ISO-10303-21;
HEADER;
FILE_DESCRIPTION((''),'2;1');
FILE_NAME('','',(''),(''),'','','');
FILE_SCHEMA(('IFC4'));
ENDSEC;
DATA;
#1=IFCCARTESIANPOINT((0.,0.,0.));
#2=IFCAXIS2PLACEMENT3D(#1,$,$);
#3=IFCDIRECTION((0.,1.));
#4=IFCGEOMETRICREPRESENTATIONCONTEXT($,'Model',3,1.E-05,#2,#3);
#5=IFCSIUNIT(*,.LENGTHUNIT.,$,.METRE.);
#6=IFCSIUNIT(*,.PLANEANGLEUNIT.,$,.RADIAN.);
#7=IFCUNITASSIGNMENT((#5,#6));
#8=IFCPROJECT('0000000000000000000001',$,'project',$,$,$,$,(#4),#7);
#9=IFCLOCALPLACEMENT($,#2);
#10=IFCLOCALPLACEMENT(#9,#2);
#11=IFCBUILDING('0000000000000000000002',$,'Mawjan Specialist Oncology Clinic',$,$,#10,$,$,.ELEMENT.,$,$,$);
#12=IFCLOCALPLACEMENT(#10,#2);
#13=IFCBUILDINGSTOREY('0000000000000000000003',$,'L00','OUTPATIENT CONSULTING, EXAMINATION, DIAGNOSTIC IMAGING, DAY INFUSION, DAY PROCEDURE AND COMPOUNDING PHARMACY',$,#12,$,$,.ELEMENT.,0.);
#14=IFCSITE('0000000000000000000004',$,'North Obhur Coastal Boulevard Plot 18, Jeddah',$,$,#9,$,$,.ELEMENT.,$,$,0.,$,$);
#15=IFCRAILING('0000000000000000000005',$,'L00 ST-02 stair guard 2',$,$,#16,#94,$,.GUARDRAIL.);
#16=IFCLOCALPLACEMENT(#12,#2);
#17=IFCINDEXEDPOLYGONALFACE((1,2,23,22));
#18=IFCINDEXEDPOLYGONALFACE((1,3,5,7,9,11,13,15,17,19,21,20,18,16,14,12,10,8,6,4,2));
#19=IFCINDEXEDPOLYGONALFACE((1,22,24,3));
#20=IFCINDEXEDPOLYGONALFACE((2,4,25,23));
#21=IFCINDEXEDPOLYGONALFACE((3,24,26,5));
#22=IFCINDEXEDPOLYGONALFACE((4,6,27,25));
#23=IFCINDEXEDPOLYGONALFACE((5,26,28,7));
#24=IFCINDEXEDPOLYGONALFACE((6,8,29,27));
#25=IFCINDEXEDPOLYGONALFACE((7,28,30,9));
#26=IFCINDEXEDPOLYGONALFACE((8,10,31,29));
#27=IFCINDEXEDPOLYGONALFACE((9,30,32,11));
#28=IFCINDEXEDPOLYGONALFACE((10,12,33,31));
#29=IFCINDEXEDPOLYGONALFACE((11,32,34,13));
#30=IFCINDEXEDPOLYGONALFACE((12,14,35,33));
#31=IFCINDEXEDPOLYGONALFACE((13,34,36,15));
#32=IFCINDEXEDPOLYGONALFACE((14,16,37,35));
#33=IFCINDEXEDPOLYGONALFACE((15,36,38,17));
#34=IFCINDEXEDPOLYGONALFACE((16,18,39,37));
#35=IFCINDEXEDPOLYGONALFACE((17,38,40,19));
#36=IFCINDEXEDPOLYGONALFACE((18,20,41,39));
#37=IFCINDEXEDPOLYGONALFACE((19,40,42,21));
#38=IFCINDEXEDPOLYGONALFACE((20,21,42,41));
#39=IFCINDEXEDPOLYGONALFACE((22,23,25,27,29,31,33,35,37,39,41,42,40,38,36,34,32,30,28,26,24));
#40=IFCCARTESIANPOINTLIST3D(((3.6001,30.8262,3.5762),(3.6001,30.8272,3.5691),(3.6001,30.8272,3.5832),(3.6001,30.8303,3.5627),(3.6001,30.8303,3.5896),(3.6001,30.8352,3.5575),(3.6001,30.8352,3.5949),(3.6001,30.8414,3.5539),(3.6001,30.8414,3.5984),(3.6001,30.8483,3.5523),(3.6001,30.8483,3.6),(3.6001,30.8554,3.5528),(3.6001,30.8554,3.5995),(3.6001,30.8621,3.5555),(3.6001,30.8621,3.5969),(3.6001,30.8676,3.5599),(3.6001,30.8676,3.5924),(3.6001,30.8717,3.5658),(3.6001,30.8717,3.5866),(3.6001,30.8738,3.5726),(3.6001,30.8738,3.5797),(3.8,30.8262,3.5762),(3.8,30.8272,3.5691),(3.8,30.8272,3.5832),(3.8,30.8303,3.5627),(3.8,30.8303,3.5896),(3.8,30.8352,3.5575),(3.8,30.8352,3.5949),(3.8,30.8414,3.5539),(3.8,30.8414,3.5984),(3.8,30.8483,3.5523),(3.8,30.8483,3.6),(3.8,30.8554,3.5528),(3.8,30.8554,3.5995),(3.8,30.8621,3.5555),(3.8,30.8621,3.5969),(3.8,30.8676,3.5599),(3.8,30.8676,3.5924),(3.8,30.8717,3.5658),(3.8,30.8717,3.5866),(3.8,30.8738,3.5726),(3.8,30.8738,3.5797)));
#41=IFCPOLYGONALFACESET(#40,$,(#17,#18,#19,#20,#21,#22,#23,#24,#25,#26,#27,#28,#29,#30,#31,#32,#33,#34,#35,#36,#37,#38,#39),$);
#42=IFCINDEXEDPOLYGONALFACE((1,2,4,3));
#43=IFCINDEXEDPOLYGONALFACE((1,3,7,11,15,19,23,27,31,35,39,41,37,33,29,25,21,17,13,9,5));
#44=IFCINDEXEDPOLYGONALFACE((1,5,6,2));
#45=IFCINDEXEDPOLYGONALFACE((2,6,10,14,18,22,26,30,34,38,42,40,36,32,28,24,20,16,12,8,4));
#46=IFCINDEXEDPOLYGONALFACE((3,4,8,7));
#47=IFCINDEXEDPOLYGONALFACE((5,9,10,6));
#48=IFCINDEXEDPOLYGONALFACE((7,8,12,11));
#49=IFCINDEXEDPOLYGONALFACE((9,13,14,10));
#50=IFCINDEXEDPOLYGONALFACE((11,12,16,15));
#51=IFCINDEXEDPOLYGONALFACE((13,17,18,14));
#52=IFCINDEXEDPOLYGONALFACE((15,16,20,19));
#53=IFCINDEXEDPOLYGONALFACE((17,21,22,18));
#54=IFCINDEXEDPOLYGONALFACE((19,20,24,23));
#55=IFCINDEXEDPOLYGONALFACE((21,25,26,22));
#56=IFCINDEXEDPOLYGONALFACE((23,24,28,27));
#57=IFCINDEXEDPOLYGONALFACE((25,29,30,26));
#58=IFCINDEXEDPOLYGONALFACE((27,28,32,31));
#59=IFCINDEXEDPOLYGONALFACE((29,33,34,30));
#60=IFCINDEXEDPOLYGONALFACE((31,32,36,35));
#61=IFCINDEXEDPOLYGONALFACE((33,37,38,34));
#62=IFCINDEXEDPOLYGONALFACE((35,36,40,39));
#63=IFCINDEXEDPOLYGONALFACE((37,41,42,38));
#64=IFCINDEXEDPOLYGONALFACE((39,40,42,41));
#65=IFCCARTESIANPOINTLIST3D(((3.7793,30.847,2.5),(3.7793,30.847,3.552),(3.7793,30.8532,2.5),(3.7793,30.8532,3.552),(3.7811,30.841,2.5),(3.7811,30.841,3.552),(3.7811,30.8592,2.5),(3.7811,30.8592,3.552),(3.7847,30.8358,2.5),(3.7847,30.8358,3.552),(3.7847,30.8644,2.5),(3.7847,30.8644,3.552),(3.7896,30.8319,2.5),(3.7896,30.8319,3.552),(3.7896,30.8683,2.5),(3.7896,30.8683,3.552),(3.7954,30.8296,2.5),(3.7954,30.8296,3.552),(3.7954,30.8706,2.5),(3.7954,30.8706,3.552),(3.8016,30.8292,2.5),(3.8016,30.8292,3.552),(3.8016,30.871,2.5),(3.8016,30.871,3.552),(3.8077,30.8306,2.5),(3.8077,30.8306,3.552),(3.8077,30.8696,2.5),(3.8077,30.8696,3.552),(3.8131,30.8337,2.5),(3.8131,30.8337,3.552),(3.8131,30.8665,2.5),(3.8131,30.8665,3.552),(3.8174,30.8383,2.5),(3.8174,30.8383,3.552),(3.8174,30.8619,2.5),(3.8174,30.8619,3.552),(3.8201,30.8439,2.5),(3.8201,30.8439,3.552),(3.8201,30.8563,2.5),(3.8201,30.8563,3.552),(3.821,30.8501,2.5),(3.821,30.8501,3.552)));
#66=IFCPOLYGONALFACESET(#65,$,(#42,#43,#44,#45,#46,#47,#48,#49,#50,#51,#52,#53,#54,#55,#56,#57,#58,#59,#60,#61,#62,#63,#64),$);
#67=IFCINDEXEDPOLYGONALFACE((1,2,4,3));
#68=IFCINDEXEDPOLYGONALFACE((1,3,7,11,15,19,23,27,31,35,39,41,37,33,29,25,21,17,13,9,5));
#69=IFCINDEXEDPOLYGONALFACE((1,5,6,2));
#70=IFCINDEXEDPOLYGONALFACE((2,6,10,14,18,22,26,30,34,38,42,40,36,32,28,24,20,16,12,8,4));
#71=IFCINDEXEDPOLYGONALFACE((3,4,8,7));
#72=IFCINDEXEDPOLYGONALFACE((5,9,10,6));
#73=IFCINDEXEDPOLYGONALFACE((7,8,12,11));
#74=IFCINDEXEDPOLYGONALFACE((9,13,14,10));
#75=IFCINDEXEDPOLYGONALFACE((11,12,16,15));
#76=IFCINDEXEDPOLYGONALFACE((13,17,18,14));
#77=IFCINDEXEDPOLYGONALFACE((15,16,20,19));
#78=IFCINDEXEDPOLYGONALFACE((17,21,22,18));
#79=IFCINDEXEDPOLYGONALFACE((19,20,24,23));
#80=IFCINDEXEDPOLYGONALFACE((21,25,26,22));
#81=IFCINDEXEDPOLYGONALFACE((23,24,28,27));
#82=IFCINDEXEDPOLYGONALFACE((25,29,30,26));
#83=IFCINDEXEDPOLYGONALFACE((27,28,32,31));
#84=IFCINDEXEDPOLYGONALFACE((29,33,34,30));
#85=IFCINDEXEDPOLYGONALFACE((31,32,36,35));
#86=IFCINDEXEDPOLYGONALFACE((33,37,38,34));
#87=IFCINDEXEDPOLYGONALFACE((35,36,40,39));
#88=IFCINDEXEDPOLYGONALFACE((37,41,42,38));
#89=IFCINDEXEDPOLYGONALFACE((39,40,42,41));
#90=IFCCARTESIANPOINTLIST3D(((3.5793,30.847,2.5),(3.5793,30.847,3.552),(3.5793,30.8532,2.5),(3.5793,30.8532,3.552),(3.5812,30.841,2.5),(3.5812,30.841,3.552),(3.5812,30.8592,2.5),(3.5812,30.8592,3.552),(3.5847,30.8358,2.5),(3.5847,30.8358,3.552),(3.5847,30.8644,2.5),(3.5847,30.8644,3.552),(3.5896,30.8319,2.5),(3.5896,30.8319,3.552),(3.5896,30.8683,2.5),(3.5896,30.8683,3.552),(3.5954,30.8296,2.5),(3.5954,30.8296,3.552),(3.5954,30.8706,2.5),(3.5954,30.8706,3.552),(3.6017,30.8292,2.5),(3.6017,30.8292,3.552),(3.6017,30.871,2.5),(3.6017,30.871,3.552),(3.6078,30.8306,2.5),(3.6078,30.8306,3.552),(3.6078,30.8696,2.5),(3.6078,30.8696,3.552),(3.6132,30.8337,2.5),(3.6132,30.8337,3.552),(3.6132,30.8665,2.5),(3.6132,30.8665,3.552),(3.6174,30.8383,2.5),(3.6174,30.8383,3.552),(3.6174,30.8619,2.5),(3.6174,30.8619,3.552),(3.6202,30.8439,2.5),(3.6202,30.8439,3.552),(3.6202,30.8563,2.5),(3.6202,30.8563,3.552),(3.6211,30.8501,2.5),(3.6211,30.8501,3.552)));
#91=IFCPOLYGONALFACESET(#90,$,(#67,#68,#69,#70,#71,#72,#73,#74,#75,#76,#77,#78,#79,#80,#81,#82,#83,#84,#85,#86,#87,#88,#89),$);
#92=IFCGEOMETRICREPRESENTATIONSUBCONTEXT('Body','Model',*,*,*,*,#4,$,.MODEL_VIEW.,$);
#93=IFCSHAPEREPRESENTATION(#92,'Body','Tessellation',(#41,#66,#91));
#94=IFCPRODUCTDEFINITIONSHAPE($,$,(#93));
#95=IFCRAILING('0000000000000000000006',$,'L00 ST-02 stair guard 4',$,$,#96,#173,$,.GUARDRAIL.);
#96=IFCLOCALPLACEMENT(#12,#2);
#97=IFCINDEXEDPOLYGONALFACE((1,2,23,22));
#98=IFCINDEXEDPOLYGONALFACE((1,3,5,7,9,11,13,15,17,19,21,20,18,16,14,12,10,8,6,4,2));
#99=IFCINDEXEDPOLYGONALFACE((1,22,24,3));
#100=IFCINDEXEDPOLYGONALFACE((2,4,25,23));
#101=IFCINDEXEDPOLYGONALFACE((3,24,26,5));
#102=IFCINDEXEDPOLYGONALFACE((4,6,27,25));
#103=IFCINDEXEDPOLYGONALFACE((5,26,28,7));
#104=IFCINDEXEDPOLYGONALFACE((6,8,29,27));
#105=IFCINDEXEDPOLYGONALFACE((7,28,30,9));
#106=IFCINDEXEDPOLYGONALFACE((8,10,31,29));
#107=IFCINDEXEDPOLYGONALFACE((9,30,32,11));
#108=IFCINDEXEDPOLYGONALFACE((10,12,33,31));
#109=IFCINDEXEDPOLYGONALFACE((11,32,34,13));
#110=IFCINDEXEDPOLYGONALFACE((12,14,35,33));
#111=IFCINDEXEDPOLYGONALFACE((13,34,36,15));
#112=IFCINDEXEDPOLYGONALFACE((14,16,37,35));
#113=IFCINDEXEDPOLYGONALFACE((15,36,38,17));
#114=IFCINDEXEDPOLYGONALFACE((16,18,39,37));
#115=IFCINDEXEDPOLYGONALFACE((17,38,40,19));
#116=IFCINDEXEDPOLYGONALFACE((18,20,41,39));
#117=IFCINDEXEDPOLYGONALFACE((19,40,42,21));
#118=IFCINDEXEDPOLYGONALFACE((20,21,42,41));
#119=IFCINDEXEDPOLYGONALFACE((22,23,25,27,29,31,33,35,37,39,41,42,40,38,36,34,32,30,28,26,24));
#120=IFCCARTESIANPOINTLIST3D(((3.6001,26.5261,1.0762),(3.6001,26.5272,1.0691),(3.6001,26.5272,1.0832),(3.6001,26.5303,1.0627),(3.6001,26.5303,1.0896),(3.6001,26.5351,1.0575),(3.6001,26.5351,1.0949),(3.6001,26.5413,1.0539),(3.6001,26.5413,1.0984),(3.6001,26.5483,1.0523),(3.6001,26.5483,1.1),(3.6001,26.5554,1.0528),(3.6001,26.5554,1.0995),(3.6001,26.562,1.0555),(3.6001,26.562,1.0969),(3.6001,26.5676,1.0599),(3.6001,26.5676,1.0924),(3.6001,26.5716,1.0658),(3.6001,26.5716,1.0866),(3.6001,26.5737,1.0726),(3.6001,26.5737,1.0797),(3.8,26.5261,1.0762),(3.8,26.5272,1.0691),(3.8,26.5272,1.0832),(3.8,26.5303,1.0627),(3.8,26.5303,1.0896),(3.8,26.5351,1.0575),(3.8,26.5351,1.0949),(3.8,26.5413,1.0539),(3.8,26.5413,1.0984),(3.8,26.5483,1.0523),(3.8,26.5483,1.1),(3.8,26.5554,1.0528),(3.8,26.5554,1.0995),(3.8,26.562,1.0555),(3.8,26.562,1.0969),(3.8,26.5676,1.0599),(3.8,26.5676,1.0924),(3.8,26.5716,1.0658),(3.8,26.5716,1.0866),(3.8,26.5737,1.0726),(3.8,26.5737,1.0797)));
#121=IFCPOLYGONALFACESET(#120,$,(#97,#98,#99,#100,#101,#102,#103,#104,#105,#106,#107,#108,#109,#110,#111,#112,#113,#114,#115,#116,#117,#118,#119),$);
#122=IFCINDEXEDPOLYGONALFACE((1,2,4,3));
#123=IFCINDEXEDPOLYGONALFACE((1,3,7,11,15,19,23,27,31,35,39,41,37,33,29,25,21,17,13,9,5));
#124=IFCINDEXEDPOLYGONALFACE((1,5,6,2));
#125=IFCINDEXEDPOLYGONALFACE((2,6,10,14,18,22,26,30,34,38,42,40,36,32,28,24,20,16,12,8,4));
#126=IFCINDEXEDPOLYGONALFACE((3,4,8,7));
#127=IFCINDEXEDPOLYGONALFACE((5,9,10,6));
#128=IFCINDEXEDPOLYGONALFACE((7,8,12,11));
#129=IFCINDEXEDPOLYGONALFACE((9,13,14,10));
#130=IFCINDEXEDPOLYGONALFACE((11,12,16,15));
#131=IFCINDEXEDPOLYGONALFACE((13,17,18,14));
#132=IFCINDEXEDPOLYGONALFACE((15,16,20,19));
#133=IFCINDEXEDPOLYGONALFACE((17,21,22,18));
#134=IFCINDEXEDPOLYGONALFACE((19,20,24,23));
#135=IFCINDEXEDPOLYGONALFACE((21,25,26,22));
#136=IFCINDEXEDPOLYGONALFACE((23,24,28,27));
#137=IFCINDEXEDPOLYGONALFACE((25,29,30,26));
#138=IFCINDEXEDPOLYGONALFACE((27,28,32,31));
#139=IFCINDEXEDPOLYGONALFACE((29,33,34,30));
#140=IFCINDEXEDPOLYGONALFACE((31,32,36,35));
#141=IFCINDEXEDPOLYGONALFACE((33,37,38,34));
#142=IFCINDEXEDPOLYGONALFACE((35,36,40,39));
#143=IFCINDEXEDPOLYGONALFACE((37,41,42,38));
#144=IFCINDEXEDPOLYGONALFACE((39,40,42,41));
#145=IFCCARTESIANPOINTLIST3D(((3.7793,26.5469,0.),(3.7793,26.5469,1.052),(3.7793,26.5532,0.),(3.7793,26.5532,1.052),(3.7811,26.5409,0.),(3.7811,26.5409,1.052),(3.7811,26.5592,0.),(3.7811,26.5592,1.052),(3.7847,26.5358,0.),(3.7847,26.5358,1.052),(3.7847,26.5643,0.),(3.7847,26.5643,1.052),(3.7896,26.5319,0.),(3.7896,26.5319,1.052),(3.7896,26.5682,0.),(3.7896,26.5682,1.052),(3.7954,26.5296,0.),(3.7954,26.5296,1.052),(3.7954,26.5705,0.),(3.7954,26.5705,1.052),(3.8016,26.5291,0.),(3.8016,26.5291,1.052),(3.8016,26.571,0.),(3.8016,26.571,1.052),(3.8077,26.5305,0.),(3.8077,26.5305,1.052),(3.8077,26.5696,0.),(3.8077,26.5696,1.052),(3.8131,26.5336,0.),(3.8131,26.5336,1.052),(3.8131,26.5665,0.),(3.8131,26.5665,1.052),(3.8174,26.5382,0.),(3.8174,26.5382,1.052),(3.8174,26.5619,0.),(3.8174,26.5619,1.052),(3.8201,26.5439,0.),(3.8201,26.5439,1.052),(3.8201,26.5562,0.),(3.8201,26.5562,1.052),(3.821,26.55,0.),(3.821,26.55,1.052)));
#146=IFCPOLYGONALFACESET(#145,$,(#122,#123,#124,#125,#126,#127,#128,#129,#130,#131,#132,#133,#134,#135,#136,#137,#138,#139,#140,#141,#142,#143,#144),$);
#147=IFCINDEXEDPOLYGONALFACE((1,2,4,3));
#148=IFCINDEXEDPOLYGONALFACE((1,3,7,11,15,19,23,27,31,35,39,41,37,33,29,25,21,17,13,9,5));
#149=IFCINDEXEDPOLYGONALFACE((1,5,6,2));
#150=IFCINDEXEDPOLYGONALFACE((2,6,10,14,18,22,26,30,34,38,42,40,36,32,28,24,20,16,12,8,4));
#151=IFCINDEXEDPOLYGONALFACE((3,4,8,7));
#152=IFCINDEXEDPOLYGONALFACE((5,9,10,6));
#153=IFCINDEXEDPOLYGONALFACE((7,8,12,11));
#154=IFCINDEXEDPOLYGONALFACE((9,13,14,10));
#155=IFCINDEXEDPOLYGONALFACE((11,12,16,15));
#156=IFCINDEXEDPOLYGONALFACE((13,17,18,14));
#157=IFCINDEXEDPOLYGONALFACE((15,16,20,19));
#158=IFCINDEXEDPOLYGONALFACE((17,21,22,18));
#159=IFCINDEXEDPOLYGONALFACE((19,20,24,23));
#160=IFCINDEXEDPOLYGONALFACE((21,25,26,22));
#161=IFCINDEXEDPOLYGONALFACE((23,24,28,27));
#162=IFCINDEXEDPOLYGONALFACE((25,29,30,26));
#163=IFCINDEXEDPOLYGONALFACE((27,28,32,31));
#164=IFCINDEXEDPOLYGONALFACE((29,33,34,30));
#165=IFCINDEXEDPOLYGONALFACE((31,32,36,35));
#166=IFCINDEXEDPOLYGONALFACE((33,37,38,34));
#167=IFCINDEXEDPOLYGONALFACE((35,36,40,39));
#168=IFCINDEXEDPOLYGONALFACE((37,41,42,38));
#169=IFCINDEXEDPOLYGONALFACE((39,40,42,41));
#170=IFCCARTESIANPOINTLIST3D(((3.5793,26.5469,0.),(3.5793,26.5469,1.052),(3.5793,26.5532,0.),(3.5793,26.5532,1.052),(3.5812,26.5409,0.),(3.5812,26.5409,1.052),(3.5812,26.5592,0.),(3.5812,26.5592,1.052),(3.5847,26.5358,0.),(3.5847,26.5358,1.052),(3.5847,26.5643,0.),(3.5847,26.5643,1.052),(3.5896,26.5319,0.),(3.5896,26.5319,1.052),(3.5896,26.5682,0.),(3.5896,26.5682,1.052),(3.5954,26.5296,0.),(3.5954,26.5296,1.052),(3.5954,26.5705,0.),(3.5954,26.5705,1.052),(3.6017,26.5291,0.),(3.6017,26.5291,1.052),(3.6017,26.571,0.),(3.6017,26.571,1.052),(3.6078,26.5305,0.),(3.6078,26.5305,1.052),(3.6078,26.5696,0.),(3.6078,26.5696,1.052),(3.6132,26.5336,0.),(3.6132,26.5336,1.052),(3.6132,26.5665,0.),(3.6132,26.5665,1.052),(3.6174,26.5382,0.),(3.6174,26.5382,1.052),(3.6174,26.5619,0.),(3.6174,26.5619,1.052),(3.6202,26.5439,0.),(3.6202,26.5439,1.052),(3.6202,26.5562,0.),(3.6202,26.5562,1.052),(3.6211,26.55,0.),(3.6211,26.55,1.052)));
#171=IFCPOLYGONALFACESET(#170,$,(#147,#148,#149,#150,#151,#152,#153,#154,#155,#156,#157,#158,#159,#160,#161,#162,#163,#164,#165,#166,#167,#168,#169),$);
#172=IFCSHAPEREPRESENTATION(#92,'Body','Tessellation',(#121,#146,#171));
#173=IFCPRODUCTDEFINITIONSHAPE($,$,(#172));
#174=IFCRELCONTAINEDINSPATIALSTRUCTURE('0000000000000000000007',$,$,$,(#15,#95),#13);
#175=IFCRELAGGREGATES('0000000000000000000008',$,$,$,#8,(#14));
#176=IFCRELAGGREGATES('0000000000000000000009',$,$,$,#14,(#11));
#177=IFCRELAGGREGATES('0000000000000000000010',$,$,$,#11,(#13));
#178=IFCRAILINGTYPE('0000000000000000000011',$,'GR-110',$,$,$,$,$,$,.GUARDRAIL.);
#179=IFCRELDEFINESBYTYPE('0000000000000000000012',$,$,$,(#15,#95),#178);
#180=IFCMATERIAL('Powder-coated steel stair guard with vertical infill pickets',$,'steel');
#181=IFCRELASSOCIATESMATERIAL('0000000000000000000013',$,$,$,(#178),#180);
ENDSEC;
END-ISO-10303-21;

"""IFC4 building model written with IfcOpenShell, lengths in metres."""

from ifc_helpers import new_model, si_unit, direction, frame, origin, origin_2d, place, context, subcontext, project, spatial, circle, extrude, material, type_object, element, save


model = new_model("IFC4")

# Units and contexts
model_context = context("Model", 3, precision=1e-05, world=origin(), true_north=direction((0.0, 1.0)))
body_context = subcontext(model_context, "Body", "Model", "MODEL_VIEW")
ifc_project = project(units=[si_unit("LENGTHUNIT", "METRE"), si_unit("PLANEANGLEUNIT", "RADIAN")], contexts=[model_context])

# Site, building, storey
site_placement = place(None, origin())
site = spatial("IfcSite", under=ifc_project, at=site_placement, Name="North Obhur Coastal Boulevard Plot 18, Jeddah", CompositionType="ELEMENT", RefElevation=0.0)
building_placement = place(site_placement, origin())
building = spatial("IfcBuilding", under=site, at=building_placement, Name="Mawjan Specialist Oncology Clinic", CompositionType="ELEMENT")
storey_placement = place(building_placement, origin())
storey = spatial("IfcBuildingStorey", under=building, at=storey_placement, Name="L00", Description="OUTPATIENT CONSULTING, EXAMINATION, DIAGNOSTIC IMAGING, DAY INFUSION, DAY PROCEDURE AND COMPOUNDING PHARMACY", CompositionType="ELEMENT", Elevation=0.0)

# Railings
ifc_material_1 = material(Name="Powder-coated steel stair guard with vertical infill pickets", Category="steel")
railing_type_1 = type_object("IfcRailingType", Name="GR-110", PredefinedType="GUARDRAIL", material=ifc_material_1)
for number, where, name in (
    (1, (3.8, 30.8501, 2.5), "L00 ST-02 stair guard 2"),
    (2, (3.8, 26.55, 0.0), "L00 ST-02 stair guard 4"),
):
    element("IfcRailing", number, at=place(storey_placement, frame(where)), inside=storey, type_object=railing_type_1, Name=name, PredefinedType="GUARDRAIL", context=body_context, shape_type="SweptSolid", body=[
        extrude(circle(Radius=0.0239, at=origin_2d()), frame((0.0, 0.0, 1.0762), z_axis=(-1.0, 0.0, 0.0), x_axis=(0.0, -1.0, 0.0)), (0.0, 0.0, 1.0), 0.2),
        extrude(circle(Radius=0.021, at=origin_2d()), origin(), (0.0, 0.0, 1.0), 1.052),
        extrude(circle(Radius=0.021, at=origin_2d()), frame((-0.2, 0.0, 0.0)), (0.0, 0.0, 1.0), 1.052),
    ])

save(model, "model.ifc")
